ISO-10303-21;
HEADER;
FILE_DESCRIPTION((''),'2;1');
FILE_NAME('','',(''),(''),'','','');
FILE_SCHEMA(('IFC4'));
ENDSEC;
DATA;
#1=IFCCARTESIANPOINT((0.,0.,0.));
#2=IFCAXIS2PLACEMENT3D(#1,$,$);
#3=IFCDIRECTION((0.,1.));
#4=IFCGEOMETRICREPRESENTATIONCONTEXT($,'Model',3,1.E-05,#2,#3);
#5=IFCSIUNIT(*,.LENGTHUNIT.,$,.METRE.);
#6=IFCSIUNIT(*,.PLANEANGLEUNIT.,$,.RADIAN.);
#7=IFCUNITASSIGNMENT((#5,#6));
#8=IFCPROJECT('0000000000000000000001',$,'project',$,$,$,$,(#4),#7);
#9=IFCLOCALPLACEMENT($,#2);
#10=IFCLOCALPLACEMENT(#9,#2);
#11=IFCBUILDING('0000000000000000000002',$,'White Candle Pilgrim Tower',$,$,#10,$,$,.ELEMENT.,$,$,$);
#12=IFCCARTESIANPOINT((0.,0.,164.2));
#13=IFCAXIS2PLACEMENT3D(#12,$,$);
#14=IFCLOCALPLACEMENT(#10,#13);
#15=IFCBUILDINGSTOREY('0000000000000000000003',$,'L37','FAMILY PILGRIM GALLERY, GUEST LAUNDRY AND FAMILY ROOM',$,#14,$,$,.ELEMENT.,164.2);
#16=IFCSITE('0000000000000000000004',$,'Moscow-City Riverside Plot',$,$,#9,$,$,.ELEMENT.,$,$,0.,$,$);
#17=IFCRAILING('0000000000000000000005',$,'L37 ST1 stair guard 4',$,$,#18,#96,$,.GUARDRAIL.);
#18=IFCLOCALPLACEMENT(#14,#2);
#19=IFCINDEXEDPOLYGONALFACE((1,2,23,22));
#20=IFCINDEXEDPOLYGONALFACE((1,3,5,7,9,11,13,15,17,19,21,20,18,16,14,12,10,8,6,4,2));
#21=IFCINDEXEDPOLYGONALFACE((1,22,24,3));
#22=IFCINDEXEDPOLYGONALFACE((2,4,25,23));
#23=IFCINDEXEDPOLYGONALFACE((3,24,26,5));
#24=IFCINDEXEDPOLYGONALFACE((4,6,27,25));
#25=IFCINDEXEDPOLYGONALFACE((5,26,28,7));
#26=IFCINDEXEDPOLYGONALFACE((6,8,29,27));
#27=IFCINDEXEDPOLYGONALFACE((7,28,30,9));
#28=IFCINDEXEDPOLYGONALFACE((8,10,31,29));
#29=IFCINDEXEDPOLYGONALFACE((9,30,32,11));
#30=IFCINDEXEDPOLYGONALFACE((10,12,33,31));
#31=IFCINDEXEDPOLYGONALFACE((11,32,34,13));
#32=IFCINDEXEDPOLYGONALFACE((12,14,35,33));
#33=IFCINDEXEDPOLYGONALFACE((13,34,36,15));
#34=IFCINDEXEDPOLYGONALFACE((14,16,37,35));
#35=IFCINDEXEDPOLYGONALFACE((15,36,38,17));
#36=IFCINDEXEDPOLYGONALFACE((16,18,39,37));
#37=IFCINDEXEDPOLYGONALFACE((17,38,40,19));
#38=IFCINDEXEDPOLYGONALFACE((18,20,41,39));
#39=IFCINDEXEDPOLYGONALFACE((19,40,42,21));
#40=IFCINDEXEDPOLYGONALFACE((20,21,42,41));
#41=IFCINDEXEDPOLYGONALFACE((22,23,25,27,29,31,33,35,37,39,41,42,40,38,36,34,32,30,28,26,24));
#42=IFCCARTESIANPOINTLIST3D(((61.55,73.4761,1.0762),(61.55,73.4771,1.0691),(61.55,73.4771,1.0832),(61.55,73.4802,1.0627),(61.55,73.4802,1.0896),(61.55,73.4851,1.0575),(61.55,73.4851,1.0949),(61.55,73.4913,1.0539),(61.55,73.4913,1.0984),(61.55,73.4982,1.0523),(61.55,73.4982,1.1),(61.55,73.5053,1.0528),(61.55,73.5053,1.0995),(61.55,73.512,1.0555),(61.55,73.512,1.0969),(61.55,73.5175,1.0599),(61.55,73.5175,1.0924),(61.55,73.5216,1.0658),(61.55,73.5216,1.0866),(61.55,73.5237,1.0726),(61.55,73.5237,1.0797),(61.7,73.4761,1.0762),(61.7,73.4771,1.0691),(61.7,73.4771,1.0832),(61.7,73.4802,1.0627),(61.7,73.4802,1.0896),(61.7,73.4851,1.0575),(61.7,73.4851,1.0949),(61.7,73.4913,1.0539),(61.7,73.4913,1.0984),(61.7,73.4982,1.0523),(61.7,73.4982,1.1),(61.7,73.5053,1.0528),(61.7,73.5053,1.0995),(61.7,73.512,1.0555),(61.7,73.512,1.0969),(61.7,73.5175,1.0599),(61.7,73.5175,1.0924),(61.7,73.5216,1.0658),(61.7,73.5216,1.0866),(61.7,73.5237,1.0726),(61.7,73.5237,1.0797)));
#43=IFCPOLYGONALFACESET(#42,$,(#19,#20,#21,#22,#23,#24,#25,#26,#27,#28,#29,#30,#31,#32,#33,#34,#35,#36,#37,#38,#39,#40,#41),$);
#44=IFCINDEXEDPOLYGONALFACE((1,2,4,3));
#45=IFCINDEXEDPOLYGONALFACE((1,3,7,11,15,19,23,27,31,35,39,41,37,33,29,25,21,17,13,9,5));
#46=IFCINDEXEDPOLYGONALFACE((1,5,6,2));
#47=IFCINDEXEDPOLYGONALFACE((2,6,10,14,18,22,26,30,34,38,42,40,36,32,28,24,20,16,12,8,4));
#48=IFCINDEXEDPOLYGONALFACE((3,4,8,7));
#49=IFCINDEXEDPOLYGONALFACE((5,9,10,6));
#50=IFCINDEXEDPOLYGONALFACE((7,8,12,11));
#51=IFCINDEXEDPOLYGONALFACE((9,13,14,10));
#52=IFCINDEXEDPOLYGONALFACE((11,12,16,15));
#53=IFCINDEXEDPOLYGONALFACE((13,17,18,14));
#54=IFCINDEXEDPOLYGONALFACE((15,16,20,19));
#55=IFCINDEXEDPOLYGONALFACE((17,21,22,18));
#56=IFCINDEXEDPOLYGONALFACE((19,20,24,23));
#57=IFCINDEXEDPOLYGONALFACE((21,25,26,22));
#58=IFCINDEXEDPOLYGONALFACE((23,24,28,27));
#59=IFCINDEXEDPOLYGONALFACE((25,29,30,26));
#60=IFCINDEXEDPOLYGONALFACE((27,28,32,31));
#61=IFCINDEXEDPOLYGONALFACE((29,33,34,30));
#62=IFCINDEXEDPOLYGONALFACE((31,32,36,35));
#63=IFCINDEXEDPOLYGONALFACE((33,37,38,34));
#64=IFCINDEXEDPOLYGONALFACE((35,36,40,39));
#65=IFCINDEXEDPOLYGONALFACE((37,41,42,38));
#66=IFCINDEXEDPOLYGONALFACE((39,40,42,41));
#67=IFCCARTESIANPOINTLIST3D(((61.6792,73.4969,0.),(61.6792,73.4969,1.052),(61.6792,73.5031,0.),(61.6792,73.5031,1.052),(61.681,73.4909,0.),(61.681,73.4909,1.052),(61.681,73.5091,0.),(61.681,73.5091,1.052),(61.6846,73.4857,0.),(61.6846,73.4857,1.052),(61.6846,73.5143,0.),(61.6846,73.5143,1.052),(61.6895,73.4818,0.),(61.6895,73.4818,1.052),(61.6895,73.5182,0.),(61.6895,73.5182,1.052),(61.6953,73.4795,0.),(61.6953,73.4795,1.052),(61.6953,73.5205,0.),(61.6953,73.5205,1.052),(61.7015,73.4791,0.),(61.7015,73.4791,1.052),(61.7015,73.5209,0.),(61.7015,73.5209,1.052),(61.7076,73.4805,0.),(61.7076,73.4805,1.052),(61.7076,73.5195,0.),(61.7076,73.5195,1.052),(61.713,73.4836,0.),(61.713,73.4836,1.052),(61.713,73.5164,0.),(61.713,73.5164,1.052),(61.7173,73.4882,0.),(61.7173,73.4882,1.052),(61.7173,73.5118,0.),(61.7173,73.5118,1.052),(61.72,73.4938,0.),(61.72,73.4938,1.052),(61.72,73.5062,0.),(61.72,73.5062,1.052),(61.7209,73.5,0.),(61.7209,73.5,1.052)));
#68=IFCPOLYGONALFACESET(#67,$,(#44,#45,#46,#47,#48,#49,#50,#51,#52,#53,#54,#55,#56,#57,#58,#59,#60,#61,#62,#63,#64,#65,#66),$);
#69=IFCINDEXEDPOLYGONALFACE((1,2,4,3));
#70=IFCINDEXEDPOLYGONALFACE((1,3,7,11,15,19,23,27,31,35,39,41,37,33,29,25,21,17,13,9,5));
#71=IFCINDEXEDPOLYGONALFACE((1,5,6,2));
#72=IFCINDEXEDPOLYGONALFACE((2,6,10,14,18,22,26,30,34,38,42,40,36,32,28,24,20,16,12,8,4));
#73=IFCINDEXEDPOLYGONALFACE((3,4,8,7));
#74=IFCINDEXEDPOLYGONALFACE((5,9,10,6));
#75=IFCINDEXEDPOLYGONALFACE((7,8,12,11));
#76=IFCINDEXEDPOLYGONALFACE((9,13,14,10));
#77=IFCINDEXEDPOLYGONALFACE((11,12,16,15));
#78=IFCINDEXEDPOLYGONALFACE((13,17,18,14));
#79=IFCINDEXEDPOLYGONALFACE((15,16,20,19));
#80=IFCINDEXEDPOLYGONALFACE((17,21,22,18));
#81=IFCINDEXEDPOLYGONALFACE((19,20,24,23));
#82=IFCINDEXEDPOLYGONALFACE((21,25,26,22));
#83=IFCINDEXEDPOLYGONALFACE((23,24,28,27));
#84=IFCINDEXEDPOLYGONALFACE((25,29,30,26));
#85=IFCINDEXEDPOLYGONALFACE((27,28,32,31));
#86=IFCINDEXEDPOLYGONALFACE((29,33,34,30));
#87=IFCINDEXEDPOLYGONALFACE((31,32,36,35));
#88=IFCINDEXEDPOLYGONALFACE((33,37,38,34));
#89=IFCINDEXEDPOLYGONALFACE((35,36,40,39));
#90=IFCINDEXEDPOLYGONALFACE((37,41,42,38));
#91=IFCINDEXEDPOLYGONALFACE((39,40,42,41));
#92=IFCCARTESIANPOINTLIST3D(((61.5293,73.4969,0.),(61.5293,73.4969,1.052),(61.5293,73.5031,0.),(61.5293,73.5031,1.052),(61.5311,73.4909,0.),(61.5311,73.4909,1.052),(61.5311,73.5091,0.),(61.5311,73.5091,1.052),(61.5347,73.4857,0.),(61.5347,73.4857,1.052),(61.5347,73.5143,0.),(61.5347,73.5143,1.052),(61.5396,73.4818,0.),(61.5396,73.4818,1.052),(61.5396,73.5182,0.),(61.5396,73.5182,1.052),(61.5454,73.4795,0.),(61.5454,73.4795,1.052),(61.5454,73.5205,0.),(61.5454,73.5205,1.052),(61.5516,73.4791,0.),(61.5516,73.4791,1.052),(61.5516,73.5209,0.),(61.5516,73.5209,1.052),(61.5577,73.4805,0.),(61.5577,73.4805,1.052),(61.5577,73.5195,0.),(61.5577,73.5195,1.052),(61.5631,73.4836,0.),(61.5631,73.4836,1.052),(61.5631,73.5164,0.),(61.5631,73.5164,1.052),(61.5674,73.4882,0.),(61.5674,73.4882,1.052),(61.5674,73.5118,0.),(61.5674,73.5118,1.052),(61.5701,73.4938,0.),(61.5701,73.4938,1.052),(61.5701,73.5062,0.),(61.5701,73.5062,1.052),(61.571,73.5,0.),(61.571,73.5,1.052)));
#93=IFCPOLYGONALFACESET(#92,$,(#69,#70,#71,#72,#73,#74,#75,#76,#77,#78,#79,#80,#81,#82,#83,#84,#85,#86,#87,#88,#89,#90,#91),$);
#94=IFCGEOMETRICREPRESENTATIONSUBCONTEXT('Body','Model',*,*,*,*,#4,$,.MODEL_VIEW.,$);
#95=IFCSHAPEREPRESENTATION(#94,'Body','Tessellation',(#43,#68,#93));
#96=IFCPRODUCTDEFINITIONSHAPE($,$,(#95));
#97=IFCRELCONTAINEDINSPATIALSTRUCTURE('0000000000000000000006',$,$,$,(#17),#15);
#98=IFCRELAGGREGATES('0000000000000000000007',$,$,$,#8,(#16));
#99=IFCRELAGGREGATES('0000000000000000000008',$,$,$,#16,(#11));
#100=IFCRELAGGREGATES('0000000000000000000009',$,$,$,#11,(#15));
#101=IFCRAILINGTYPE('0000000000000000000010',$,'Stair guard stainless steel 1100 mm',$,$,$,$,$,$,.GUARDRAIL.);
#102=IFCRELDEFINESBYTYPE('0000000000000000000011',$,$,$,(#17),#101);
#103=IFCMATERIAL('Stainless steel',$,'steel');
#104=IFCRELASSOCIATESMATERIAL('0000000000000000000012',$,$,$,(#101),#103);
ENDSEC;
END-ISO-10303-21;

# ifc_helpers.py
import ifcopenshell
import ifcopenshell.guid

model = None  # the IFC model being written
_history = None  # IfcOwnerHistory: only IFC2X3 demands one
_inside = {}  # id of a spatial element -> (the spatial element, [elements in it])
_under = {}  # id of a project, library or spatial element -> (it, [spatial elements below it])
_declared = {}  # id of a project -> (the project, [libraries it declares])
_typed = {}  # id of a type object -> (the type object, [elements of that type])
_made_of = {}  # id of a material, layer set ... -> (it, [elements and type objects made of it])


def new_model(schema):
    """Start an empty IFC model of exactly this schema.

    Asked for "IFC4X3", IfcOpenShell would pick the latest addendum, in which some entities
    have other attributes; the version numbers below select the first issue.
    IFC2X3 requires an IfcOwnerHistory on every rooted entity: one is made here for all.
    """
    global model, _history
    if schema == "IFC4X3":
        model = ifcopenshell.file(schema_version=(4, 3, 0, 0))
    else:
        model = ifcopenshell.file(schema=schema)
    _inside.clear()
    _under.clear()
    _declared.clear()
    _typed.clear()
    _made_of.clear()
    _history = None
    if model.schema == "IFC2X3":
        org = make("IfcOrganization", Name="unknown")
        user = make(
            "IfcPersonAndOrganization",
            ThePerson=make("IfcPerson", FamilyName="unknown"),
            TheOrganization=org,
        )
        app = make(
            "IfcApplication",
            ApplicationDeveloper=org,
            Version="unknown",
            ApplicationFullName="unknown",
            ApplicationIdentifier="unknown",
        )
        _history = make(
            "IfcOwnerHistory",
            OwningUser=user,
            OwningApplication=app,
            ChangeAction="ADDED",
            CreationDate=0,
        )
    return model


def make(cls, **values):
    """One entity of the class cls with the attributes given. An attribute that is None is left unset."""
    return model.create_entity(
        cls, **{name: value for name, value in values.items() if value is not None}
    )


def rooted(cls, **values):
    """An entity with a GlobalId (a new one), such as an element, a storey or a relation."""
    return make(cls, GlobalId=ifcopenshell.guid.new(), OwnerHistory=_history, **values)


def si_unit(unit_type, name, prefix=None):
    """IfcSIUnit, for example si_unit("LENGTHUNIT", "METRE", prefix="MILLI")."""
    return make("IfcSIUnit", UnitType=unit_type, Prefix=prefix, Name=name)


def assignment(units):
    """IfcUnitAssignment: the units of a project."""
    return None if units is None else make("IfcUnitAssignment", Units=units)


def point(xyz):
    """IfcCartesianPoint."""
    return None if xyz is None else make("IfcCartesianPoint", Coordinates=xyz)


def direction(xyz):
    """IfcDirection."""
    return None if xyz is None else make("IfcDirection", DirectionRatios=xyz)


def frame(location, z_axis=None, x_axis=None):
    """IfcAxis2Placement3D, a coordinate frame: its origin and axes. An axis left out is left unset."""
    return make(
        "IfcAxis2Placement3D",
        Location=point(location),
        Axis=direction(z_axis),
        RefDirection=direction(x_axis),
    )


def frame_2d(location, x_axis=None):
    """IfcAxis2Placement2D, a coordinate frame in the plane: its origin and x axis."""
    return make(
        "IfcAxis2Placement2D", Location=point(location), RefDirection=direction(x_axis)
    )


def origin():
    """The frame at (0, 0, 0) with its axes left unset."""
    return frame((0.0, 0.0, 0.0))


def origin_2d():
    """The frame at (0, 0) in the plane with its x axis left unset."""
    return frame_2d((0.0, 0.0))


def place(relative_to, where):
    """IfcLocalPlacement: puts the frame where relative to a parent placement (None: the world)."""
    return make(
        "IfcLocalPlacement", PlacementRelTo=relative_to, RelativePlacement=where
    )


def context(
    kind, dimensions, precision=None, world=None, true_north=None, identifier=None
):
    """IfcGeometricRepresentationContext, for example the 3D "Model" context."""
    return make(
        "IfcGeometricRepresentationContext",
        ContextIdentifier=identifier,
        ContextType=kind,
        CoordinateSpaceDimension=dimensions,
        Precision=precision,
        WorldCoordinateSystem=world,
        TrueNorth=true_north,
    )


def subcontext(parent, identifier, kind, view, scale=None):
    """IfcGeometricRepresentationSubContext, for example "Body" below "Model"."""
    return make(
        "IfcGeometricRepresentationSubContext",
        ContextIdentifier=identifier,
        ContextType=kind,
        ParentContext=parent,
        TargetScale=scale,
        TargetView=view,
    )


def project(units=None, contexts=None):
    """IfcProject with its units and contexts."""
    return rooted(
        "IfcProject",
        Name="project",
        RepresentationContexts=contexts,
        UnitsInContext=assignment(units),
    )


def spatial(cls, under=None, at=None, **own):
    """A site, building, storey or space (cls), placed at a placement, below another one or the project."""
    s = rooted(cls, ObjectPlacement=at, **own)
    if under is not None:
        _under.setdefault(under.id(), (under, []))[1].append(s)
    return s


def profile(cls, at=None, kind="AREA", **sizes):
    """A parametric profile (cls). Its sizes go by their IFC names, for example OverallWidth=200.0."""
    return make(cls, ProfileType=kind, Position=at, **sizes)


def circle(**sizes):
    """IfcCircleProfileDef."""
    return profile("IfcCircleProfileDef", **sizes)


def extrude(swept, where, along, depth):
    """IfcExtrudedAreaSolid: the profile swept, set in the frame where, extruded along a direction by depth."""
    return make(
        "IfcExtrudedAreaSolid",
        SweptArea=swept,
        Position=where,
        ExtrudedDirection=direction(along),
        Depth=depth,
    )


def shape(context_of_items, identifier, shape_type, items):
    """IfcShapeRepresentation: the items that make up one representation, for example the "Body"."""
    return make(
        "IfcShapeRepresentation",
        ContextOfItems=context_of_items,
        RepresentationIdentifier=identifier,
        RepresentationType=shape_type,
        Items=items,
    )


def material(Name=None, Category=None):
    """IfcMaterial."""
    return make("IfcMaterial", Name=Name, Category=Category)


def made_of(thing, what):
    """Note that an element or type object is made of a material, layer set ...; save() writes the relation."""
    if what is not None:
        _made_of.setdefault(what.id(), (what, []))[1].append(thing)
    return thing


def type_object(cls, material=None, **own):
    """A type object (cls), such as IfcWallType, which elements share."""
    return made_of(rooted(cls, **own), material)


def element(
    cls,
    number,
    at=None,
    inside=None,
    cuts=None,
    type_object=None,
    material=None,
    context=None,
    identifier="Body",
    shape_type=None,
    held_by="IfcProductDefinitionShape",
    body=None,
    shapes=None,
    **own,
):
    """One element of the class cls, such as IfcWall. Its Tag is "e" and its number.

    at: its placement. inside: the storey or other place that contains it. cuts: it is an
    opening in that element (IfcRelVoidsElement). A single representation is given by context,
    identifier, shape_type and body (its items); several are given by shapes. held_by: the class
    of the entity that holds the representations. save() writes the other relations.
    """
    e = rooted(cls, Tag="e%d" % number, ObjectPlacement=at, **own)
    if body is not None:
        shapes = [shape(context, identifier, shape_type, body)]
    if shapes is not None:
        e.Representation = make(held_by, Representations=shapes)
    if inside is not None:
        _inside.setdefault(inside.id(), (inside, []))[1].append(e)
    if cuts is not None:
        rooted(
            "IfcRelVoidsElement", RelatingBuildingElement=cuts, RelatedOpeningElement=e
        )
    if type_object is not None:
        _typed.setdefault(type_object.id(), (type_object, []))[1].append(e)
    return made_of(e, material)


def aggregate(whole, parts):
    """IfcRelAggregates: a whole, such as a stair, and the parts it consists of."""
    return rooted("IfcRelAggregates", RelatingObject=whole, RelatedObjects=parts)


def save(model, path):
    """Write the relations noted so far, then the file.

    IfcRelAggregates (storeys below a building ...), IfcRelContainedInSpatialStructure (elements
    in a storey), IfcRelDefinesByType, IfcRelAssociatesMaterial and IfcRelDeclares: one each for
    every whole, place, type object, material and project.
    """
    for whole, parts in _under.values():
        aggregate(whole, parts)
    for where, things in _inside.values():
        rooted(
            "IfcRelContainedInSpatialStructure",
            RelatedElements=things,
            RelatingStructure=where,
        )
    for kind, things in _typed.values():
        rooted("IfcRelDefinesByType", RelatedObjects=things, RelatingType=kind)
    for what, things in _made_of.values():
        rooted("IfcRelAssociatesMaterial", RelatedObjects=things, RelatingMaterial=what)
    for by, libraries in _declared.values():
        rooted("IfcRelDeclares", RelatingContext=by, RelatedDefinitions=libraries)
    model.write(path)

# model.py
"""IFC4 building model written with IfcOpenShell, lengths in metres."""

from ifc_helpers import new_model, si_unit, direction, frame, origin, origin_2d, place, context, subcontext, project, spatial, circle, extrude, material, type_object, element, save


model = new_model("IFC4")

# Units and contexts
model_context = context("Model", 3, precision=1e-05, world=origin(), true_north=direction((0.0, 1.0)))
body_context = subcontext(model_context, "Body", "Model", "MODEL_VIEW")
ifc_project = project(units=[si_unit("LENGTHUNIT", "METRE"), si_unit("PLANEANGLEUNIT", "RADIAN")], contexts=[model_context])

# Site, building, storey
site_placement = place(None, origin())
site = spatial("IfcSite", under=ifc_project, at=site_placement, Name="Moscow-City Riverside Plot", CompositionType="ELEMENT", RefElevation=0.0)
building_placement = place(site_placement, origin())
building = spatial("IfcBuilding", under=site, at=building_placement, Name="White Candle Pilgrim Tower", CompositionType="ELEMENT")
storey_placement = place(building_placement, frame((0.0, 0.0, 164.2)))
storey = spatial("IfcBuildingStorey", under=building, at=storey_placement, Name="L37", Description="FAMILY PILGRIM GALLERY, GUEST LAUNDRY AND FAMILY ROOM", CompositionType="ELEMENT", Elevation=164.2)

# Railing
ifc_material_1 = material(Name="Stainless steel", Category="steel")
railing_type_1 = type_object("IfcRailingType", Name="Stair guard stainless steel 1100 mm", PredefinedType="GUARDRAIL", material=ifc_material_1)
railing_1_placement = place(storey_placement, frame((61.7, 73.5, 0.0)))
element("IfcRailing", 1, at=railing_1_placement, inside=storey, type_object=railing_type_1, Name="L37 ST1 stair guard 4", PredefinedType="GUARDRAIL", context=body_context, shape_type="SweptSolid", body=[
    extrude(circle(Radius=0.0239, at=origin_2d()), frame((0.0, 0.0, 1.0762), z_axis=(-1.0, 0.0, 0.0), x_axis=(0.0, -1.0, 0.0)), (0.0, 0.0, 1.0), 0.1499),
    extrude(circle(Radius=0.021, at=origin_2d()), origin(), (0.0, 0.0, 1.0), 1.052),
    extrude(circle(Radius=0.021, at=origin_2d()), frame((-0.1499, 0.0, 0.0)), (0.0, 0.0, 1.0), 1.052),
])

save(model, "model.ifc")
